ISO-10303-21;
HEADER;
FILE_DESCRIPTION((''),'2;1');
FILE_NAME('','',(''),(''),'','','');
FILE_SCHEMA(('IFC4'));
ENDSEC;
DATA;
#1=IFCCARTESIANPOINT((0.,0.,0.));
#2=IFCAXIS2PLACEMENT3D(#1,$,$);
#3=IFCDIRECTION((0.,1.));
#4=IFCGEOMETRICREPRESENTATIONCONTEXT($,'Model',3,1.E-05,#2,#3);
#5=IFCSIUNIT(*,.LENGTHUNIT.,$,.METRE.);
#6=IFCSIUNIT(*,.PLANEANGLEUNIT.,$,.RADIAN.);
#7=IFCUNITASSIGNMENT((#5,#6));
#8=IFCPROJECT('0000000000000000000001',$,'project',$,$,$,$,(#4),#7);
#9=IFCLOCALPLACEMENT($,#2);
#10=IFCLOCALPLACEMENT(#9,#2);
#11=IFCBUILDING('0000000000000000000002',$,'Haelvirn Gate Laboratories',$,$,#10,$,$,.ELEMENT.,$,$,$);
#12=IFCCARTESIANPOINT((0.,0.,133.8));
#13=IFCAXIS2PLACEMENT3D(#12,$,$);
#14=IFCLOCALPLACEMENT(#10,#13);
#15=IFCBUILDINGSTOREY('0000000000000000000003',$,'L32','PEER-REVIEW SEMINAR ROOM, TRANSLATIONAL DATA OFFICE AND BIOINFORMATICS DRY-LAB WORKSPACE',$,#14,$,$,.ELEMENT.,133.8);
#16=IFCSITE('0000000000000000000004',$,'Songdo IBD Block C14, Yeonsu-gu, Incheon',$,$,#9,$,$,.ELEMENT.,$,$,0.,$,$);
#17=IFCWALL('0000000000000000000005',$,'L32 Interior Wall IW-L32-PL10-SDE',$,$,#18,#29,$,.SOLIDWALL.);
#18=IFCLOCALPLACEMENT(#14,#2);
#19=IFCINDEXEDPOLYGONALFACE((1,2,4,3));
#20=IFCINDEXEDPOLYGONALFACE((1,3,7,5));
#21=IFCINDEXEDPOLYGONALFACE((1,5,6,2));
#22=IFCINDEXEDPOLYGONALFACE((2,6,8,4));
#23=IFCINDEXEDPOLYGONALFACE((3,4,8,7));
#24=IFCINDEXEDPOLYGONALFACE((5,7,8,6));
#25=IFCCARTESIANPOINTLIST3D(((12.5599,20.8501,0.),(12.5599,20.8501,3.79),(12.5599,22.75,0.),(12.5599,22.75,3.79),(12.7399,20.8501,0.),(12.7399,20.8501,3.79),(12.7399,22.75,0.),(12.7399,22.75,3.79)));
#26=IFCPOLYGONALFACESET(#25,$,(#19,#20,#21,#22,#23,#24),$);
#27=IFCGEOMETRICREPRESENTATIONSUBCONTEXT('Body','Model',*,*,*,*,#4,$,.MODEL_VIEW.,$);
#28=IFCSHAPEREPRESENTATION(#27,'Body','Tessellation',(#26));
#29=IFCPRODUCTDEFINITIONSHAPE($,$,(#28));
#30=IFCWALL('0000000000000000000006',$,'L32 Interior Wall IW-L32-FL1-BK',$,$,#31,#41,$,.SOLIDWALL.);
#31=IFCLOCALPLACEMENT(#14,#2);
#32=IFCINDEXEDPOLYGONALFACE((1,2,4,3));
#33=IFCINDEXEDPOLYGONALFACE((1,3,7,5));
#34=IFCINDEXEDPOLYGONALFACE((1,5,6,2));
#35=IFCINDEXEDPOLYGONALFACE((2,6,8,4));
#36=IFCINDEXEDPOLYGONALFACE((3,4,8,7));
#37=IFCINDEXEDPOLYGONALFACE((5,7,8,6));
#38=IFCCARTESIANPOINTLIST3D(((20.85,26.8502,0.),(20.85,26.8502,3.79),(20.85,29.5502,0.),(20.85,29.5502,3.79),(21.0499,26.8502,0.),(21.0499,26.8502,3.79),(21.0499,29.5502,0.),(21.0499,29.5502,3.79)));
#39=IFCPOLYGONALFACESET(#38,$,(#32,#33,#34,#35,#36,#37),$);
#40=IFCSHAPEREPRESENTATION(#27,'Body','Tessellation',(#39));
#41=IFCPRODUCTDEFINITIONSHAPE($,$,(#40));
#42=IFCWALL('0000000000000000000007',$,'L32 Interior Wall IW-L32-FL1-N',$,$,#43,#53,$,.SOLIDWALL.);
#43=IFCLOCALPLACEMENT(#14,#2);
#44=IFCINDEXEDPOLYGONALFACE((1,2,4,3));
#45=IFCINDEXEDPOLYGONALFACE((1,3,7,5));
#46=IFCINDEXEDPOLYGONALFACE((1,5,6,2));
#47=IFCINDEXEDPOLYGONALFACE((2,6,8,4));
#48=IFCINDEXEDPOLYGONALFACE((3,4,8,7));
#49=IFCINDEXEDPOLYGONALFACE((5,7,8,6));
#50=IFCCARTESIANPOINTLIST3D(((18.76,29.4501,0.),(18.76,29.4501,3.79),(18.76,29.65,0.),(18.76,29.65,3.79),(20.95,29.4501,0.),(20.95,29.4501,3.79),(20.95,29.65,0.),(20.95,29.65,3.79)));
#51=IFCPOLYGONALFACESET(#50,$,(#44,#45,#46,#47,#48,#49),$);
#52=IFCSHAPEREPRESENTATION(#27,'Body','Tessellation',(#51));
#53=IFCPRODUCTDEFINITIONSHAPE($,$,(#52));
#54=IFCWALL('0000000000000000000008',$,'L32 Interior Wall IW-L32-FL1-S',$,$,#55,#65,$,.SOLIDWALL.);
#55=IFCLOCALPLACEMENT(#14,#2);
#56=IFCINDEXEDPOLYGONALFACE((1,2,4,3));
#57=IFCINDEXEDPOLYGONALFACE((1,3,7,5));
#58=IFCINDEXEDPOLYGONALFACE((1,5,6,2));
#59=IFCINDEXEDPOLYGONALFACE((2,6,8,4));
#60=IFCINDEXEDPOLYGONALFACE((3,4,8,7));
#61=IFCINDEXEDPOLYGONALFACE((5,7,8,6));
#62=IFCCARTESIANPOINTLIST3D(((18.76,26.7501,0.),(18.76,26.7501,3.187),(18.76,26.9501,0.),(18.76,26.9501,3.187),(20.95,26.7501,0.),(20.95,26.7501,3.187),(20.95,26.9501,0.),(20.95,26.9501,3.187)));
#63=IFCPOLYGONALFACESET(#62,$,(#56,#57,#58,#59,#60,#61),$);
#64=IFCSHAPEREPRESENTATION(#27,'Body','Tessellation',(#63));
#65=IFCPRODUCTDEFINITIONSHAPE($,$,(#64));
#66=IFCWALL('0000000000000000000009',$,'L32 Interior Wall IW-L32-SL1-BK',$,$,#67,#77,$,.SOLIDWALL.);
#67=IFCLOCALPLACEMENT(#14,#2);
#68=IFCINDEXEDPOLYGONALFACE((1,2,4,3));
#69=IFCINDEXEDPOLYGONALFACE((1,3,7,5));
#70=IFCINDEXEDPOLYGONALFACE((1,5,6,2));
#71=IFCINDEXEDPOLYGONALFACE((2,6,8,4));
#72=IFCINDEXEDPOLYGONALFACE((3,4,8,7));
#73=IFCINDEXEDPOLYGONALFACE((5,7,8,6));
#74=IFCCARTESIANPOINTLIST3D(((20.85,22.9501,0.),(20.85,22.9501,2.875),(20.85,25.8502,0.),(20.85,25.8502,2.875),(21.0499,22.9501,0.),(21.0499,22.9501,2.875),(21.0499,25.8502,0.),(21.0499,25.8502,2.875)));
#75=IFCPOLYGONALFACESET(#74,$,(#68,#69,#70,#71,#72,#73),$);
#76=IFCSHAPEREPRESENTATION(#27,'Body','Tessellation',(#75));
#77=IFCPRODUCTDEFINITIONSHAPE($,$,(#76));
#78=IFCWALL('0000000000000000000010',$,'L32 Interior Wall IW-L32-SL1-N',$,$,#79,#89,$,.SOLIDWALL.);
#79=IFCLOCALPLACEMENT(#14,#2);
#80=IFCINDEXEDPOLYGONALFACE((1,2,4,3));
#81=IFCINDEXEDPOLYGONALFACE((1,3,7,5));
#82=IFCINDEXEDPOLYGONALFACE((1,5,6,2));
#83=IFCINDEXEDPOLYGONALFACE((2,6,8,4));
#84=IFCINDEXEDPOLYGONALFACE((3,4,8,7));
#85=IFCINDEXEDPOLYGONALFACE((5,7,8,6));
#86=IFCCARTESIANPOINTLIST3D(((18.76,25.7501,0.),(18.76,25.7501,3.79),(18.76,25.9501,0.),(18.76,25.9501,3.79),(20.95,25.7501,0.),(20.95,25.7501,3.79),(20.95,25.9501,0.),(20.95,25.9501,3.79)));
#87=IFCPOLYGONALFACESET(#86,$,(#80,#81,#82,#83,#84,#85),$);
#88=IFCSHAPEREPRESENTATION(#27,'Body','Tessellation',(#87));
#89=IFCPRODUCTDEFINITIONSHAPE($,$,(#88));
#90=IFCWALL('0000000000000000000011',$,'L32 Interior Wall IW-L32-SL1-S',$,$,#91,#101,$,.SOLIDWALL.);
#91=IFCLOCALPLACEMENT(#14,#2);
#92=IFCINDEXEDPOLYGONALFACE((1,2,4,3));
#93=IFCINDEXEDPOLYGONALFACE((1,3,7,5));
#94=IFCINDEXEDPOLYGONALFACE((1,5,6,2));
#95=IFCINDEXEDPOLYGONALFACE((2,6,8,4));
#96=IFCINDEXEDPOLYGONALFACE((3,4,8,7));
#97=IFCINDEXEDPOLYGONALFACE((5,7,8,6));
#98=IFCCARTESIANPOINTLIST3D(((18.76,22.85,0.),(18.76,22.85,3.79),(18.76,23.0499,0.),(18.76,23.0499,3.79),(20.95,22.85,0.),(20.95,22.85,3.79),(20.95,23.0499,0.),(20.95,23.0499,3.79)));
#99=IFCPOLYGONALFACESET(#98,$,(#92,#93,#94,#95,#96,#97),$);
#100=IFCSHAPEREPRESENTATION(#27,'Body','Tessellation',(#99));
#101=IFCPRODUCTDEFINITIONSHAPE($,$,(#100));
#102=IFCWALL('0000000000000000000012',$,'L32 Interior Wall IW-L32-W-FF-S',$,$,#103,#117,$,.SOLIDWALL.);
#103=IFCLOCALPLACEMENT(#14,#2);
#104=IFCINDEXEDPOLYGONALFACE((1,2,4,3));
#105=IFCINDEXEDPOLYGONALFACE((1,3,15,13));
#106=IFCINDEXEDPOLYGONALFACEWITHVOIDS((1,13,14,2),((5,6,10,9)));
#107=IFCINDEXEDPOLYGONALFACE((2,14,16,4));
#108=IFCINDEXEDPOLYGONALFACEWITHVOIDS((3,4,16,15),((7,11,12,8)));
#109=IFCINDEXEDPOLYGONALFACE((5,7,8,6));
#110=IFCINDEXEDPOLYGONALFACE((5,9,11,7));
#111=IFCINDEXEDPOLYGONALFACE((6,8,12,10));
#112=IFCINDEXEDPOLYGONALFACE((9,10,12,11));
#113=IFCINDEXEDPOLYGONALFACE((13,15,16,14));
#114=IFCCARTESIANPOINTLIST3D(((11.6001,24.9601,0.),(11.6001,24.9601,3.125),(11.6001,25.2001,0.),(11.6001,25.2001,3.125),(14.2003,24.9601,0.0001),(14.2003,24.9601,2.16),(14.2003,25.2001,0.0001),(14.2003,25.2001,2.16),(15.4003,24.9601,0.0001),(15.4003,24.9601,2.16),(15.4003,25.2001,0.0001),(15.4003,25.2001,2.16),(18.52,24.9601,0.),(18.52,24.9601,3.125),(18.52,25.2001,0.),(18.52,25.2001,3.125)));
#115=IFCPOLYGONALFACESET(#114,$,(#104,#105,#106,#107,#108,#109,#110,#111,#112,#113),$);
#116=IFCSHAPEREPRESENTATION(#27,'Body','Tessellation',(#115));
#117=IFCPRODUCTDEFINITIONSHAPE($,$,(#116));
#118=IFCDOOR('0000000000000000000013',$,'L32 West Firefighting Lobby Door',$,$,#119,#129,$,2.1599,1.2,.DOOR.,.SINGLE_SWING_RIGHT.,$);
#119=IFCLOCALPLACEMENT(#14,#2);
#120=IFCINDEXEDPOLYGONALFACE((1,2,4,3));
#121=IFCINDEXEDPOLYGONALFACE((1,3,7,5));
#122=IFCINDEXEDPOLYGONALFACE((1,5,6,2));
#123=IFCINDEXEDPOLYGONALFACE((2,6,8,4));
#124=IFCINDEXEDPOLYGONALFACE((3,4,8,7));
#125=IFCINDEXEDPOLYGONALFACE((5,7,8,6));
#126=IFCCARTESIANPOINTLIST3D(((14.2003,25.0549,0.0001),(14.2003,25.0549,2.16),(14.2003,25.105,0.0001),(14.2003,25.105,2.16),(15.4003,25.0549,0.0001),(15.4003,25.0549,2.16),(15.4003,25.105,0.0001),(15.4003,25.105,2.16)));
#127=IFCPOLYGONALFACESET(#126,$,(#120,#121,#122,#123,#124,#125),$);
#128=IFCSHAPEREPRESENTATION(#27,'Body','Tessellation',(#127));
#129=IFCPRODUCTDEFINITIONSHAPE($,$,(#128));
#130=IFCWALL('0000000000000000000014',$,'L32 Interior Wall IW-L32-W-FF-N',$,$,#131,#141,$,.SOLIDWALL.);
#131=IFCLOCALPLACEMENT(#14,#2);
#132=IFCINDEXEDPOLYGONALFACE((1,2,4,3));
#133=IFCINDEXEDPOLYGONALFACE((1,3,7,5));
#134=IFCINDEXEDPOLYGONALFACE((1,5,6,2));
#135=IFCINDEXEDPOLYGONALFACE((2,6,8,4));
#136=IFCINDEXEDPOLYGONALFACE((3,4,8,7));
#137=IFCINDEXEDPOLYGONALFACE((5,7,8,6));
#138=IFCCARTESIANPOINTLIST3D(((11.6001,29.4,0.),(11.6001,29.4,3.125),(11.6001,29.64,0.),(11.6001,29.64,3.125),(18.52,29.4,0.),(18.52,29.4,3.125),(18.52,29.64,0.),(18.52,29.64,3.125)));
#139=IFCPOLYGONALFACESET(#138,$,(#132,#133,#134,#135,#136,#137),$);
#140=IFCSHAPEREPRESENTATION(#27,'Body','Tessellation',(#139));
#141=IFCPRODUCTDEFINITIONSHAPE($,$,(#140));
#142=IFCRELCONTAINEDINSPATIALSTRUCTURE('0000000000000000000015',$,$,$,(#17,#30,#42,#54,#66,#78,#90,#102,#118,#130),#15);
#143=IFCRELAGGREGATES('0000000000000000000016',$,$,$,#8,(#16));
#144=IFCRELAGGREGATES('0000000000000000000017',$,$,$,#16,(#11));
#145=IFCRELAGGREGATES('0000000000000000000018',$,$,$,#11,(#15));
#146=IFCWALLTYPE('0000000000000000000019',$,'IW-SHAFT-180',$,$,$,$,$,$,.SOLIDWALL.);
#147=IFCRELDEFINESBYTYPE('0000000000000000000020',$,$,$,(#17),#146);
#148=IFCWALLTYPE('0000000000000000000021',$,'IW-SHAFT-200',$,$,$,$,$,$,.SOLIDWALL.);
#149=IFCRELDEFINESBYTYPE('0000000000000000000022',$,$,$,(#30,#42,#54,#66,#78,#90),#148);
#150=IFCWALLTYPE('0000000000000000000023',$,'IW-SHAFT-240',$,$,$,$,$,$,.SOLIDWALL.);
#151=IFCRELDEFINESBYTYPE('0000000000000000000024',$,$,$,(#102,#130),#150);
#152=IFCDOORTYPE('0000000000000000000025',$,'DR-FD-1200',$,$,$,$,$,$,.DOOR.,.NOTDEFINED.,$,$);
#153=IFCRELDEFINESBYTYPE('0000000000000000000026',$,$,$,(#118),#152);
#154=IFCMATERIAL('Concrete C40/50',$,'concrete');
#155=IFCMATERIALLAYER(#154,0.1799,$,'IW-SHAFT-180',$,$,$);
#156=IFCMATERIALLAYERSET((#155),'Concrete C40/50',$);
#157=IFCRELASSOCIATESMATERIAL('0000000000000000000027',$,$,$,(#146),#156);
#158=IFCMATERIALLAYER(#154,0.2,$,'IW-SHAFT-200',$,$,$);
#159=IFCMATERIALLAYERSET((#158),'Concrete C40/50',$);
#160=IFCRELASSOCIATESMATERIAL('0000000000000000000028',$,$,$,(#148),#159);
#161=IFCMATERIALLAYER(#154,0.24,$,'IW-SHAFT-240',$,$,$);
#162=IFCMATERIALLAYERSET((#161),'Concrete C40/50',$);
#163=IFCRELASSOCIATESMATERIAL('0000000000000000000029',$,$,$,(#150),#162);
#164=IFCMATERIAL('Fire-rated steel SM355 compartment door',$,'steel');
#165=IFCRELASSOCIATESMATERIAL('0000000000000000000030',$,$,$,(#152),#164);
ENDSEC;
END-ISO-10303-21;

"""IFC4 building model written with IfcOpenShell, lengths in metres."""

from ifc_helpers import new_model, si_unit, direction, frame, frame_2d, origin, place, context, subcontext, project, spatial, rectangle, extrude, source, transform, mapped, material, layer, layer_set, type_object, type_shapes, element, fill, save


model = new_model("IFC4")

# Units and contexts
model_context = context("Model", 3, precision=1e-05, world=origin(), true_north=direction((0.0, 1.0)))
body_context = subcontext(model_context, "Body", "Model", "MODEL_VIEW")
ifc_project = project(units=[si_unit("LENGTHUNIT", "METRE"), si_unit("PLANEANGLEUNIT", "RADIAN")], contexts=[model_context])

# Site, building, storey
site_placement = place(None, origin())
site = spatial("IfcSite", under=ifc_project, at=site_placement, Name="Songdo IBD Block C14, Yeonsu-gu, Incheon", CompositionType="ELEMENT", RefElevation=0.0)
building_placement = place(site_placement, origin())
building = spatial("IfcBuilding", under=site, at=building_placement, Name="Haelvirn Gate Laboratories", CompositionType="ELEMENT")
storey_placement = place(building_placement, frame((0.0, 0.0, 133.8)))
storey = spatial("IfcBuildingStorey", under=building, at=storey_placement, Name="L32", Description="PEER-REVIEW SEMINAR ROOM, TRANSLATIONAL DATA OFFICE AND BIOINFORMATICS DRY-LAB WORKSPACE", CompositionType="ELEMENT", Elevation=133.8)

# Walls
ifc_material_1 = material(Name="Concrete C40/50", Category="concrete")
ifc_layer_1 = layer(ifc_material_1, 0.1799, Name="IW-SHAFT-180")
ifc_layer_set_1 = layer_set([ifc_layer_1], Name="Concrete C40/50")
wall_type_1 = type_object("IfcWallType", Name="IW-SHAFT-180", PredefinedType="SOLIDWALL", material=ifc_layer_set_1)
wall_1_placement = place(storey_placement, frame((12.6499, 20.8501, 0.0), z_axis=(0.0, 0.0, 1.0), x_axis=(0.0, 1.0, 0.0)))
element("IfcWall", 1, at=wall_1_placement, inside=storey, type_object=wall_type_1, Name="L32 Interior Wall IW-L32-PL10-SDE", PredefinedType="SOLIDWALL", context=body_context, shape_type="SweptSolid", body=[
    extrude(rectangle(XDim=1.8999, YDim=0.1799, at=frame_2d((0.95, 0.0))), origin(), (0.0, 0.0, 1.0), 3.79),
])
ifc_layer_2 = layer(ifc_material_1, 0.2, Name="IW-SHAFT-200")
ifc_layer_set_2 = layer_set([ifc_layer_2], Name="Concrete C40/50")
wall_type_2 = type_object("IfcWallType", Name="IW-SHAFT-200", PredefinedType="SOLIDWALL", material=ifc_layer_set_2)
wall_2_placement = place(storey_placement, frame((20.95, 26.8501, 0.0), z_axis=(0.0, 0.0, 1.0), x_axis=(0.0, 1.0, 0.0)))
element("IfcWall", 2, at=wall_2_placement, inside=storey, type_object=wall_type_2, Name="L32 Interior Wall IW-L32-FL1-BK", PredefinedType="SOLIDWALL", context=body_context, shape_type="SweptSolid", body=[
    extrude(rectangle(XDim=2.7, YDim=0.2, at=frame_2d((1.3501, 0.0))), origin(), (0.0, 0.0, 1.0), 3.79),
])
wall_3_placement = place(storey_placement, frame((18.76, 29.55, 0.0), z_axis=(0.0, 0.0, 1.0), x_axis=(1.0, 0.0, 0.0)))
element("IfcWall", 3, at=wall_3_placement, inside=storey, type_object=wall_type_2, Name="L32 Interior Wall IW-L32-FL1-N", PredefinedType="SOLIDWALL", context=body_context, shape_type="SweptSolid", body=[
    extrude(rectangle(XDim=2.1899, YDim=0.2, at=frame_2d((1.095, 0.0))), origin(), (0.0, 0.0, 1.0), 3.79),
])
wall_4_placement = place(storey_placement, frame((18.76, 26.8501, 0.0), z_axis=(0.0, 0.0, 1.0), x_axis=(1.0, 0.0, 0.0)))
element("IfcWall", 4, at=wall_4_placement, inside=storey, type_object=wall_type_2, Name="L32 Interior Wall IW-L32-FL1-S", PredefinedType="SOLIDWALL", context=body_context, shape_type="SweptSolid", body=[
    extrude(rectangle(XDim=2.1899, YDim=0.2, at=frame_2d((1.095, 0.0))), origin(), (0.0, 0.0, 1.0), 3.187),
])
wall_5_placement = place(storey_placement, frame((20.95, 22.95, 0.0), z_axis=(0.0, 0.0, 1.0), x_axis=(0.0, 1.0, 0.0)))
element("IfcWall", 5, at=wall_5_placement, inside=storey, type_object=wall_type_2, Name="L32 Interior Wall IW-L32-SL1-BK", PredefinedType="SOLIDWALL", context=body_context, shape_type="SweptSolid", body=[
    extrude(rectangle(XDim=2.9001, YDim=0.2, at=frame_2d((1.4502, 0.0))), origin(), (0.0, 0.0, 1.0), 2.875),
])
for number, where, z_axis, x_axis, name in (
    (6, (18.76, 25.8501, 0.0), (0.0, 0.0, 1.0), (1.0, 0.0, 0.0), "L32 Interior Wall IW-L32-SL1-N"),
    (7, (18.76, 22.95, 0.0), (0.0, 0.0, 1.0), (1.0, 0.0, 0.0), "L32 Interior Wall IW-L32-SL1-S"),
):
    element("IfcWall", number, at=place(storey_placement, frame(where, z_axis=z_axis, x_axis=x_axis)), inside=storey, type_object=wall_type_2, Name=name, PredefinedType="SOLIDWALL", context=body_context, shape_type="SweptSolid", body=[
        extrude(rectangle(XDim=2.1899, YDim=0.2, at=frame_2d((1.095, 0.0))), origin(), (0.0, 0.0, 1.0), 3.79),
    ])

# Wall, opening, door
ifc_layer_3 = layer(ifc_material_1, 0.24, Name="IW-SHAFT-240")
ifc_layer_set_3 = layer_set([ifc_layer_3], Name="Concrete C40/50")
wall_type_3 = type_object("IfcWallType", Name="IW-SHAFT-240", PredefinedType="SOLIDWALL", material=ifc_layer_set_3)
wall_6_placement = place(storey_placement, frame((11.6001, 25.0801, 0.0), z_axis=(0.0, 0.0, 1.0), x_axis=(1.0, 0.0, 0.0)))
wall_6 = element("IfcWall", 8, at=wall_6_placement, inside=storey, type_object=wall_type_3, Name="L32 Interior Wall IW-L32-W-FF-S", PredefinedType="SOLIDWALL", context=body_context, shape_type="SweptSolid", body=[
    extrude(rectangle(XDim=6.9199, YDim=0.24, at=frame_2d((3.46, 0.0))), origin(), (0.0, 0.0, 1.0), 3.125),
])
opening_1_placement = place(wall_6_placement, frame((2.6001, 0.0, 0.0)))
opening_1 = element("IfcOpeningElement", 9, at=opening_1_placement, cuts=wall_6, PredefinedType="OPENING", context=body_context, shape_type="SweptSolid", body=[
    extrude(rectangle(XDim=1.2, YDim=2.1599, at=frame_2d((0.6001, 1.0801))), frame((0.0, 0.1299, 0.0), z_axis=(0.0, -1.0, 0.0), x_axis=(1.0, 0.0, 0.0)), (0.0, 0.0, 1.0), 0.26),
])
ifc_material_2 = material(Name="Fire-rated steel SM355 compartment door", Category="steel")
door_type_1 = type_object("IfcDoorType", Name="DR-FD-1200", OperationType="NOTDEFINED", PredefinedType="DOOR", material=ifc_material_2)
shared_shape_1 = source(origin(), body_context, "Body", "SweptSolid", [
    extrude(rectangle(XDim=1.2, YDim=2.1599, at=frame_2d((0.6001, 1.0801))), frame((0.0, 0.0249, 0.0), z_axis=(0.0, -1.0, 0.0), x_axis=(1.0, 0.0, 0.0)), (0.0, 0.0, 1.0), 0.05),
])
type_shapes(door_type_1, [shared_shape_1])
door_1_placement = place(opening_1_placement, origin())
door_1 = element("IfcDoor", 10, at=door_1_placement, inside=storey, type_object=door_type_1, Name="L32 West Firefighting Lobby Door", OperationType="SINGLE_SWING_RIGHT", OverallHeight=2.1599, OverallWidth=1.2, PredefinedType="DOOR", context=body_context, shape_type="MappedRepresentation", body=[
    mapped(shared_shape_1, transform((0.0, 0.0, 0.0), scale=1.0)),
])
fill(opening_1, door_1)

# Wall
wall_7_placement = place(storey_placement, frame((11.6001, 29.52, 0.0), z_axis=(0.0, 0.0, 1.0), x_axis=(1.0, 0.0, 0.0)))
element("IfcWall", 11, at=wall_7_placement, inside=storey, type_object=wall_type_3, Name="L32 Interior Wall IW-L32-W-FF-N", PredefinedType="SOLIDWALL", context=body_context, shape_type="SweptSolid", body=[
    extrude(rectangle(XDim=6.9199, YDim=0.24, at=frame_2d((3.46, 0.0))), origin(), (0.0, 0.0, 1.0), 3.125),
])

save(model, "model.ifc")
